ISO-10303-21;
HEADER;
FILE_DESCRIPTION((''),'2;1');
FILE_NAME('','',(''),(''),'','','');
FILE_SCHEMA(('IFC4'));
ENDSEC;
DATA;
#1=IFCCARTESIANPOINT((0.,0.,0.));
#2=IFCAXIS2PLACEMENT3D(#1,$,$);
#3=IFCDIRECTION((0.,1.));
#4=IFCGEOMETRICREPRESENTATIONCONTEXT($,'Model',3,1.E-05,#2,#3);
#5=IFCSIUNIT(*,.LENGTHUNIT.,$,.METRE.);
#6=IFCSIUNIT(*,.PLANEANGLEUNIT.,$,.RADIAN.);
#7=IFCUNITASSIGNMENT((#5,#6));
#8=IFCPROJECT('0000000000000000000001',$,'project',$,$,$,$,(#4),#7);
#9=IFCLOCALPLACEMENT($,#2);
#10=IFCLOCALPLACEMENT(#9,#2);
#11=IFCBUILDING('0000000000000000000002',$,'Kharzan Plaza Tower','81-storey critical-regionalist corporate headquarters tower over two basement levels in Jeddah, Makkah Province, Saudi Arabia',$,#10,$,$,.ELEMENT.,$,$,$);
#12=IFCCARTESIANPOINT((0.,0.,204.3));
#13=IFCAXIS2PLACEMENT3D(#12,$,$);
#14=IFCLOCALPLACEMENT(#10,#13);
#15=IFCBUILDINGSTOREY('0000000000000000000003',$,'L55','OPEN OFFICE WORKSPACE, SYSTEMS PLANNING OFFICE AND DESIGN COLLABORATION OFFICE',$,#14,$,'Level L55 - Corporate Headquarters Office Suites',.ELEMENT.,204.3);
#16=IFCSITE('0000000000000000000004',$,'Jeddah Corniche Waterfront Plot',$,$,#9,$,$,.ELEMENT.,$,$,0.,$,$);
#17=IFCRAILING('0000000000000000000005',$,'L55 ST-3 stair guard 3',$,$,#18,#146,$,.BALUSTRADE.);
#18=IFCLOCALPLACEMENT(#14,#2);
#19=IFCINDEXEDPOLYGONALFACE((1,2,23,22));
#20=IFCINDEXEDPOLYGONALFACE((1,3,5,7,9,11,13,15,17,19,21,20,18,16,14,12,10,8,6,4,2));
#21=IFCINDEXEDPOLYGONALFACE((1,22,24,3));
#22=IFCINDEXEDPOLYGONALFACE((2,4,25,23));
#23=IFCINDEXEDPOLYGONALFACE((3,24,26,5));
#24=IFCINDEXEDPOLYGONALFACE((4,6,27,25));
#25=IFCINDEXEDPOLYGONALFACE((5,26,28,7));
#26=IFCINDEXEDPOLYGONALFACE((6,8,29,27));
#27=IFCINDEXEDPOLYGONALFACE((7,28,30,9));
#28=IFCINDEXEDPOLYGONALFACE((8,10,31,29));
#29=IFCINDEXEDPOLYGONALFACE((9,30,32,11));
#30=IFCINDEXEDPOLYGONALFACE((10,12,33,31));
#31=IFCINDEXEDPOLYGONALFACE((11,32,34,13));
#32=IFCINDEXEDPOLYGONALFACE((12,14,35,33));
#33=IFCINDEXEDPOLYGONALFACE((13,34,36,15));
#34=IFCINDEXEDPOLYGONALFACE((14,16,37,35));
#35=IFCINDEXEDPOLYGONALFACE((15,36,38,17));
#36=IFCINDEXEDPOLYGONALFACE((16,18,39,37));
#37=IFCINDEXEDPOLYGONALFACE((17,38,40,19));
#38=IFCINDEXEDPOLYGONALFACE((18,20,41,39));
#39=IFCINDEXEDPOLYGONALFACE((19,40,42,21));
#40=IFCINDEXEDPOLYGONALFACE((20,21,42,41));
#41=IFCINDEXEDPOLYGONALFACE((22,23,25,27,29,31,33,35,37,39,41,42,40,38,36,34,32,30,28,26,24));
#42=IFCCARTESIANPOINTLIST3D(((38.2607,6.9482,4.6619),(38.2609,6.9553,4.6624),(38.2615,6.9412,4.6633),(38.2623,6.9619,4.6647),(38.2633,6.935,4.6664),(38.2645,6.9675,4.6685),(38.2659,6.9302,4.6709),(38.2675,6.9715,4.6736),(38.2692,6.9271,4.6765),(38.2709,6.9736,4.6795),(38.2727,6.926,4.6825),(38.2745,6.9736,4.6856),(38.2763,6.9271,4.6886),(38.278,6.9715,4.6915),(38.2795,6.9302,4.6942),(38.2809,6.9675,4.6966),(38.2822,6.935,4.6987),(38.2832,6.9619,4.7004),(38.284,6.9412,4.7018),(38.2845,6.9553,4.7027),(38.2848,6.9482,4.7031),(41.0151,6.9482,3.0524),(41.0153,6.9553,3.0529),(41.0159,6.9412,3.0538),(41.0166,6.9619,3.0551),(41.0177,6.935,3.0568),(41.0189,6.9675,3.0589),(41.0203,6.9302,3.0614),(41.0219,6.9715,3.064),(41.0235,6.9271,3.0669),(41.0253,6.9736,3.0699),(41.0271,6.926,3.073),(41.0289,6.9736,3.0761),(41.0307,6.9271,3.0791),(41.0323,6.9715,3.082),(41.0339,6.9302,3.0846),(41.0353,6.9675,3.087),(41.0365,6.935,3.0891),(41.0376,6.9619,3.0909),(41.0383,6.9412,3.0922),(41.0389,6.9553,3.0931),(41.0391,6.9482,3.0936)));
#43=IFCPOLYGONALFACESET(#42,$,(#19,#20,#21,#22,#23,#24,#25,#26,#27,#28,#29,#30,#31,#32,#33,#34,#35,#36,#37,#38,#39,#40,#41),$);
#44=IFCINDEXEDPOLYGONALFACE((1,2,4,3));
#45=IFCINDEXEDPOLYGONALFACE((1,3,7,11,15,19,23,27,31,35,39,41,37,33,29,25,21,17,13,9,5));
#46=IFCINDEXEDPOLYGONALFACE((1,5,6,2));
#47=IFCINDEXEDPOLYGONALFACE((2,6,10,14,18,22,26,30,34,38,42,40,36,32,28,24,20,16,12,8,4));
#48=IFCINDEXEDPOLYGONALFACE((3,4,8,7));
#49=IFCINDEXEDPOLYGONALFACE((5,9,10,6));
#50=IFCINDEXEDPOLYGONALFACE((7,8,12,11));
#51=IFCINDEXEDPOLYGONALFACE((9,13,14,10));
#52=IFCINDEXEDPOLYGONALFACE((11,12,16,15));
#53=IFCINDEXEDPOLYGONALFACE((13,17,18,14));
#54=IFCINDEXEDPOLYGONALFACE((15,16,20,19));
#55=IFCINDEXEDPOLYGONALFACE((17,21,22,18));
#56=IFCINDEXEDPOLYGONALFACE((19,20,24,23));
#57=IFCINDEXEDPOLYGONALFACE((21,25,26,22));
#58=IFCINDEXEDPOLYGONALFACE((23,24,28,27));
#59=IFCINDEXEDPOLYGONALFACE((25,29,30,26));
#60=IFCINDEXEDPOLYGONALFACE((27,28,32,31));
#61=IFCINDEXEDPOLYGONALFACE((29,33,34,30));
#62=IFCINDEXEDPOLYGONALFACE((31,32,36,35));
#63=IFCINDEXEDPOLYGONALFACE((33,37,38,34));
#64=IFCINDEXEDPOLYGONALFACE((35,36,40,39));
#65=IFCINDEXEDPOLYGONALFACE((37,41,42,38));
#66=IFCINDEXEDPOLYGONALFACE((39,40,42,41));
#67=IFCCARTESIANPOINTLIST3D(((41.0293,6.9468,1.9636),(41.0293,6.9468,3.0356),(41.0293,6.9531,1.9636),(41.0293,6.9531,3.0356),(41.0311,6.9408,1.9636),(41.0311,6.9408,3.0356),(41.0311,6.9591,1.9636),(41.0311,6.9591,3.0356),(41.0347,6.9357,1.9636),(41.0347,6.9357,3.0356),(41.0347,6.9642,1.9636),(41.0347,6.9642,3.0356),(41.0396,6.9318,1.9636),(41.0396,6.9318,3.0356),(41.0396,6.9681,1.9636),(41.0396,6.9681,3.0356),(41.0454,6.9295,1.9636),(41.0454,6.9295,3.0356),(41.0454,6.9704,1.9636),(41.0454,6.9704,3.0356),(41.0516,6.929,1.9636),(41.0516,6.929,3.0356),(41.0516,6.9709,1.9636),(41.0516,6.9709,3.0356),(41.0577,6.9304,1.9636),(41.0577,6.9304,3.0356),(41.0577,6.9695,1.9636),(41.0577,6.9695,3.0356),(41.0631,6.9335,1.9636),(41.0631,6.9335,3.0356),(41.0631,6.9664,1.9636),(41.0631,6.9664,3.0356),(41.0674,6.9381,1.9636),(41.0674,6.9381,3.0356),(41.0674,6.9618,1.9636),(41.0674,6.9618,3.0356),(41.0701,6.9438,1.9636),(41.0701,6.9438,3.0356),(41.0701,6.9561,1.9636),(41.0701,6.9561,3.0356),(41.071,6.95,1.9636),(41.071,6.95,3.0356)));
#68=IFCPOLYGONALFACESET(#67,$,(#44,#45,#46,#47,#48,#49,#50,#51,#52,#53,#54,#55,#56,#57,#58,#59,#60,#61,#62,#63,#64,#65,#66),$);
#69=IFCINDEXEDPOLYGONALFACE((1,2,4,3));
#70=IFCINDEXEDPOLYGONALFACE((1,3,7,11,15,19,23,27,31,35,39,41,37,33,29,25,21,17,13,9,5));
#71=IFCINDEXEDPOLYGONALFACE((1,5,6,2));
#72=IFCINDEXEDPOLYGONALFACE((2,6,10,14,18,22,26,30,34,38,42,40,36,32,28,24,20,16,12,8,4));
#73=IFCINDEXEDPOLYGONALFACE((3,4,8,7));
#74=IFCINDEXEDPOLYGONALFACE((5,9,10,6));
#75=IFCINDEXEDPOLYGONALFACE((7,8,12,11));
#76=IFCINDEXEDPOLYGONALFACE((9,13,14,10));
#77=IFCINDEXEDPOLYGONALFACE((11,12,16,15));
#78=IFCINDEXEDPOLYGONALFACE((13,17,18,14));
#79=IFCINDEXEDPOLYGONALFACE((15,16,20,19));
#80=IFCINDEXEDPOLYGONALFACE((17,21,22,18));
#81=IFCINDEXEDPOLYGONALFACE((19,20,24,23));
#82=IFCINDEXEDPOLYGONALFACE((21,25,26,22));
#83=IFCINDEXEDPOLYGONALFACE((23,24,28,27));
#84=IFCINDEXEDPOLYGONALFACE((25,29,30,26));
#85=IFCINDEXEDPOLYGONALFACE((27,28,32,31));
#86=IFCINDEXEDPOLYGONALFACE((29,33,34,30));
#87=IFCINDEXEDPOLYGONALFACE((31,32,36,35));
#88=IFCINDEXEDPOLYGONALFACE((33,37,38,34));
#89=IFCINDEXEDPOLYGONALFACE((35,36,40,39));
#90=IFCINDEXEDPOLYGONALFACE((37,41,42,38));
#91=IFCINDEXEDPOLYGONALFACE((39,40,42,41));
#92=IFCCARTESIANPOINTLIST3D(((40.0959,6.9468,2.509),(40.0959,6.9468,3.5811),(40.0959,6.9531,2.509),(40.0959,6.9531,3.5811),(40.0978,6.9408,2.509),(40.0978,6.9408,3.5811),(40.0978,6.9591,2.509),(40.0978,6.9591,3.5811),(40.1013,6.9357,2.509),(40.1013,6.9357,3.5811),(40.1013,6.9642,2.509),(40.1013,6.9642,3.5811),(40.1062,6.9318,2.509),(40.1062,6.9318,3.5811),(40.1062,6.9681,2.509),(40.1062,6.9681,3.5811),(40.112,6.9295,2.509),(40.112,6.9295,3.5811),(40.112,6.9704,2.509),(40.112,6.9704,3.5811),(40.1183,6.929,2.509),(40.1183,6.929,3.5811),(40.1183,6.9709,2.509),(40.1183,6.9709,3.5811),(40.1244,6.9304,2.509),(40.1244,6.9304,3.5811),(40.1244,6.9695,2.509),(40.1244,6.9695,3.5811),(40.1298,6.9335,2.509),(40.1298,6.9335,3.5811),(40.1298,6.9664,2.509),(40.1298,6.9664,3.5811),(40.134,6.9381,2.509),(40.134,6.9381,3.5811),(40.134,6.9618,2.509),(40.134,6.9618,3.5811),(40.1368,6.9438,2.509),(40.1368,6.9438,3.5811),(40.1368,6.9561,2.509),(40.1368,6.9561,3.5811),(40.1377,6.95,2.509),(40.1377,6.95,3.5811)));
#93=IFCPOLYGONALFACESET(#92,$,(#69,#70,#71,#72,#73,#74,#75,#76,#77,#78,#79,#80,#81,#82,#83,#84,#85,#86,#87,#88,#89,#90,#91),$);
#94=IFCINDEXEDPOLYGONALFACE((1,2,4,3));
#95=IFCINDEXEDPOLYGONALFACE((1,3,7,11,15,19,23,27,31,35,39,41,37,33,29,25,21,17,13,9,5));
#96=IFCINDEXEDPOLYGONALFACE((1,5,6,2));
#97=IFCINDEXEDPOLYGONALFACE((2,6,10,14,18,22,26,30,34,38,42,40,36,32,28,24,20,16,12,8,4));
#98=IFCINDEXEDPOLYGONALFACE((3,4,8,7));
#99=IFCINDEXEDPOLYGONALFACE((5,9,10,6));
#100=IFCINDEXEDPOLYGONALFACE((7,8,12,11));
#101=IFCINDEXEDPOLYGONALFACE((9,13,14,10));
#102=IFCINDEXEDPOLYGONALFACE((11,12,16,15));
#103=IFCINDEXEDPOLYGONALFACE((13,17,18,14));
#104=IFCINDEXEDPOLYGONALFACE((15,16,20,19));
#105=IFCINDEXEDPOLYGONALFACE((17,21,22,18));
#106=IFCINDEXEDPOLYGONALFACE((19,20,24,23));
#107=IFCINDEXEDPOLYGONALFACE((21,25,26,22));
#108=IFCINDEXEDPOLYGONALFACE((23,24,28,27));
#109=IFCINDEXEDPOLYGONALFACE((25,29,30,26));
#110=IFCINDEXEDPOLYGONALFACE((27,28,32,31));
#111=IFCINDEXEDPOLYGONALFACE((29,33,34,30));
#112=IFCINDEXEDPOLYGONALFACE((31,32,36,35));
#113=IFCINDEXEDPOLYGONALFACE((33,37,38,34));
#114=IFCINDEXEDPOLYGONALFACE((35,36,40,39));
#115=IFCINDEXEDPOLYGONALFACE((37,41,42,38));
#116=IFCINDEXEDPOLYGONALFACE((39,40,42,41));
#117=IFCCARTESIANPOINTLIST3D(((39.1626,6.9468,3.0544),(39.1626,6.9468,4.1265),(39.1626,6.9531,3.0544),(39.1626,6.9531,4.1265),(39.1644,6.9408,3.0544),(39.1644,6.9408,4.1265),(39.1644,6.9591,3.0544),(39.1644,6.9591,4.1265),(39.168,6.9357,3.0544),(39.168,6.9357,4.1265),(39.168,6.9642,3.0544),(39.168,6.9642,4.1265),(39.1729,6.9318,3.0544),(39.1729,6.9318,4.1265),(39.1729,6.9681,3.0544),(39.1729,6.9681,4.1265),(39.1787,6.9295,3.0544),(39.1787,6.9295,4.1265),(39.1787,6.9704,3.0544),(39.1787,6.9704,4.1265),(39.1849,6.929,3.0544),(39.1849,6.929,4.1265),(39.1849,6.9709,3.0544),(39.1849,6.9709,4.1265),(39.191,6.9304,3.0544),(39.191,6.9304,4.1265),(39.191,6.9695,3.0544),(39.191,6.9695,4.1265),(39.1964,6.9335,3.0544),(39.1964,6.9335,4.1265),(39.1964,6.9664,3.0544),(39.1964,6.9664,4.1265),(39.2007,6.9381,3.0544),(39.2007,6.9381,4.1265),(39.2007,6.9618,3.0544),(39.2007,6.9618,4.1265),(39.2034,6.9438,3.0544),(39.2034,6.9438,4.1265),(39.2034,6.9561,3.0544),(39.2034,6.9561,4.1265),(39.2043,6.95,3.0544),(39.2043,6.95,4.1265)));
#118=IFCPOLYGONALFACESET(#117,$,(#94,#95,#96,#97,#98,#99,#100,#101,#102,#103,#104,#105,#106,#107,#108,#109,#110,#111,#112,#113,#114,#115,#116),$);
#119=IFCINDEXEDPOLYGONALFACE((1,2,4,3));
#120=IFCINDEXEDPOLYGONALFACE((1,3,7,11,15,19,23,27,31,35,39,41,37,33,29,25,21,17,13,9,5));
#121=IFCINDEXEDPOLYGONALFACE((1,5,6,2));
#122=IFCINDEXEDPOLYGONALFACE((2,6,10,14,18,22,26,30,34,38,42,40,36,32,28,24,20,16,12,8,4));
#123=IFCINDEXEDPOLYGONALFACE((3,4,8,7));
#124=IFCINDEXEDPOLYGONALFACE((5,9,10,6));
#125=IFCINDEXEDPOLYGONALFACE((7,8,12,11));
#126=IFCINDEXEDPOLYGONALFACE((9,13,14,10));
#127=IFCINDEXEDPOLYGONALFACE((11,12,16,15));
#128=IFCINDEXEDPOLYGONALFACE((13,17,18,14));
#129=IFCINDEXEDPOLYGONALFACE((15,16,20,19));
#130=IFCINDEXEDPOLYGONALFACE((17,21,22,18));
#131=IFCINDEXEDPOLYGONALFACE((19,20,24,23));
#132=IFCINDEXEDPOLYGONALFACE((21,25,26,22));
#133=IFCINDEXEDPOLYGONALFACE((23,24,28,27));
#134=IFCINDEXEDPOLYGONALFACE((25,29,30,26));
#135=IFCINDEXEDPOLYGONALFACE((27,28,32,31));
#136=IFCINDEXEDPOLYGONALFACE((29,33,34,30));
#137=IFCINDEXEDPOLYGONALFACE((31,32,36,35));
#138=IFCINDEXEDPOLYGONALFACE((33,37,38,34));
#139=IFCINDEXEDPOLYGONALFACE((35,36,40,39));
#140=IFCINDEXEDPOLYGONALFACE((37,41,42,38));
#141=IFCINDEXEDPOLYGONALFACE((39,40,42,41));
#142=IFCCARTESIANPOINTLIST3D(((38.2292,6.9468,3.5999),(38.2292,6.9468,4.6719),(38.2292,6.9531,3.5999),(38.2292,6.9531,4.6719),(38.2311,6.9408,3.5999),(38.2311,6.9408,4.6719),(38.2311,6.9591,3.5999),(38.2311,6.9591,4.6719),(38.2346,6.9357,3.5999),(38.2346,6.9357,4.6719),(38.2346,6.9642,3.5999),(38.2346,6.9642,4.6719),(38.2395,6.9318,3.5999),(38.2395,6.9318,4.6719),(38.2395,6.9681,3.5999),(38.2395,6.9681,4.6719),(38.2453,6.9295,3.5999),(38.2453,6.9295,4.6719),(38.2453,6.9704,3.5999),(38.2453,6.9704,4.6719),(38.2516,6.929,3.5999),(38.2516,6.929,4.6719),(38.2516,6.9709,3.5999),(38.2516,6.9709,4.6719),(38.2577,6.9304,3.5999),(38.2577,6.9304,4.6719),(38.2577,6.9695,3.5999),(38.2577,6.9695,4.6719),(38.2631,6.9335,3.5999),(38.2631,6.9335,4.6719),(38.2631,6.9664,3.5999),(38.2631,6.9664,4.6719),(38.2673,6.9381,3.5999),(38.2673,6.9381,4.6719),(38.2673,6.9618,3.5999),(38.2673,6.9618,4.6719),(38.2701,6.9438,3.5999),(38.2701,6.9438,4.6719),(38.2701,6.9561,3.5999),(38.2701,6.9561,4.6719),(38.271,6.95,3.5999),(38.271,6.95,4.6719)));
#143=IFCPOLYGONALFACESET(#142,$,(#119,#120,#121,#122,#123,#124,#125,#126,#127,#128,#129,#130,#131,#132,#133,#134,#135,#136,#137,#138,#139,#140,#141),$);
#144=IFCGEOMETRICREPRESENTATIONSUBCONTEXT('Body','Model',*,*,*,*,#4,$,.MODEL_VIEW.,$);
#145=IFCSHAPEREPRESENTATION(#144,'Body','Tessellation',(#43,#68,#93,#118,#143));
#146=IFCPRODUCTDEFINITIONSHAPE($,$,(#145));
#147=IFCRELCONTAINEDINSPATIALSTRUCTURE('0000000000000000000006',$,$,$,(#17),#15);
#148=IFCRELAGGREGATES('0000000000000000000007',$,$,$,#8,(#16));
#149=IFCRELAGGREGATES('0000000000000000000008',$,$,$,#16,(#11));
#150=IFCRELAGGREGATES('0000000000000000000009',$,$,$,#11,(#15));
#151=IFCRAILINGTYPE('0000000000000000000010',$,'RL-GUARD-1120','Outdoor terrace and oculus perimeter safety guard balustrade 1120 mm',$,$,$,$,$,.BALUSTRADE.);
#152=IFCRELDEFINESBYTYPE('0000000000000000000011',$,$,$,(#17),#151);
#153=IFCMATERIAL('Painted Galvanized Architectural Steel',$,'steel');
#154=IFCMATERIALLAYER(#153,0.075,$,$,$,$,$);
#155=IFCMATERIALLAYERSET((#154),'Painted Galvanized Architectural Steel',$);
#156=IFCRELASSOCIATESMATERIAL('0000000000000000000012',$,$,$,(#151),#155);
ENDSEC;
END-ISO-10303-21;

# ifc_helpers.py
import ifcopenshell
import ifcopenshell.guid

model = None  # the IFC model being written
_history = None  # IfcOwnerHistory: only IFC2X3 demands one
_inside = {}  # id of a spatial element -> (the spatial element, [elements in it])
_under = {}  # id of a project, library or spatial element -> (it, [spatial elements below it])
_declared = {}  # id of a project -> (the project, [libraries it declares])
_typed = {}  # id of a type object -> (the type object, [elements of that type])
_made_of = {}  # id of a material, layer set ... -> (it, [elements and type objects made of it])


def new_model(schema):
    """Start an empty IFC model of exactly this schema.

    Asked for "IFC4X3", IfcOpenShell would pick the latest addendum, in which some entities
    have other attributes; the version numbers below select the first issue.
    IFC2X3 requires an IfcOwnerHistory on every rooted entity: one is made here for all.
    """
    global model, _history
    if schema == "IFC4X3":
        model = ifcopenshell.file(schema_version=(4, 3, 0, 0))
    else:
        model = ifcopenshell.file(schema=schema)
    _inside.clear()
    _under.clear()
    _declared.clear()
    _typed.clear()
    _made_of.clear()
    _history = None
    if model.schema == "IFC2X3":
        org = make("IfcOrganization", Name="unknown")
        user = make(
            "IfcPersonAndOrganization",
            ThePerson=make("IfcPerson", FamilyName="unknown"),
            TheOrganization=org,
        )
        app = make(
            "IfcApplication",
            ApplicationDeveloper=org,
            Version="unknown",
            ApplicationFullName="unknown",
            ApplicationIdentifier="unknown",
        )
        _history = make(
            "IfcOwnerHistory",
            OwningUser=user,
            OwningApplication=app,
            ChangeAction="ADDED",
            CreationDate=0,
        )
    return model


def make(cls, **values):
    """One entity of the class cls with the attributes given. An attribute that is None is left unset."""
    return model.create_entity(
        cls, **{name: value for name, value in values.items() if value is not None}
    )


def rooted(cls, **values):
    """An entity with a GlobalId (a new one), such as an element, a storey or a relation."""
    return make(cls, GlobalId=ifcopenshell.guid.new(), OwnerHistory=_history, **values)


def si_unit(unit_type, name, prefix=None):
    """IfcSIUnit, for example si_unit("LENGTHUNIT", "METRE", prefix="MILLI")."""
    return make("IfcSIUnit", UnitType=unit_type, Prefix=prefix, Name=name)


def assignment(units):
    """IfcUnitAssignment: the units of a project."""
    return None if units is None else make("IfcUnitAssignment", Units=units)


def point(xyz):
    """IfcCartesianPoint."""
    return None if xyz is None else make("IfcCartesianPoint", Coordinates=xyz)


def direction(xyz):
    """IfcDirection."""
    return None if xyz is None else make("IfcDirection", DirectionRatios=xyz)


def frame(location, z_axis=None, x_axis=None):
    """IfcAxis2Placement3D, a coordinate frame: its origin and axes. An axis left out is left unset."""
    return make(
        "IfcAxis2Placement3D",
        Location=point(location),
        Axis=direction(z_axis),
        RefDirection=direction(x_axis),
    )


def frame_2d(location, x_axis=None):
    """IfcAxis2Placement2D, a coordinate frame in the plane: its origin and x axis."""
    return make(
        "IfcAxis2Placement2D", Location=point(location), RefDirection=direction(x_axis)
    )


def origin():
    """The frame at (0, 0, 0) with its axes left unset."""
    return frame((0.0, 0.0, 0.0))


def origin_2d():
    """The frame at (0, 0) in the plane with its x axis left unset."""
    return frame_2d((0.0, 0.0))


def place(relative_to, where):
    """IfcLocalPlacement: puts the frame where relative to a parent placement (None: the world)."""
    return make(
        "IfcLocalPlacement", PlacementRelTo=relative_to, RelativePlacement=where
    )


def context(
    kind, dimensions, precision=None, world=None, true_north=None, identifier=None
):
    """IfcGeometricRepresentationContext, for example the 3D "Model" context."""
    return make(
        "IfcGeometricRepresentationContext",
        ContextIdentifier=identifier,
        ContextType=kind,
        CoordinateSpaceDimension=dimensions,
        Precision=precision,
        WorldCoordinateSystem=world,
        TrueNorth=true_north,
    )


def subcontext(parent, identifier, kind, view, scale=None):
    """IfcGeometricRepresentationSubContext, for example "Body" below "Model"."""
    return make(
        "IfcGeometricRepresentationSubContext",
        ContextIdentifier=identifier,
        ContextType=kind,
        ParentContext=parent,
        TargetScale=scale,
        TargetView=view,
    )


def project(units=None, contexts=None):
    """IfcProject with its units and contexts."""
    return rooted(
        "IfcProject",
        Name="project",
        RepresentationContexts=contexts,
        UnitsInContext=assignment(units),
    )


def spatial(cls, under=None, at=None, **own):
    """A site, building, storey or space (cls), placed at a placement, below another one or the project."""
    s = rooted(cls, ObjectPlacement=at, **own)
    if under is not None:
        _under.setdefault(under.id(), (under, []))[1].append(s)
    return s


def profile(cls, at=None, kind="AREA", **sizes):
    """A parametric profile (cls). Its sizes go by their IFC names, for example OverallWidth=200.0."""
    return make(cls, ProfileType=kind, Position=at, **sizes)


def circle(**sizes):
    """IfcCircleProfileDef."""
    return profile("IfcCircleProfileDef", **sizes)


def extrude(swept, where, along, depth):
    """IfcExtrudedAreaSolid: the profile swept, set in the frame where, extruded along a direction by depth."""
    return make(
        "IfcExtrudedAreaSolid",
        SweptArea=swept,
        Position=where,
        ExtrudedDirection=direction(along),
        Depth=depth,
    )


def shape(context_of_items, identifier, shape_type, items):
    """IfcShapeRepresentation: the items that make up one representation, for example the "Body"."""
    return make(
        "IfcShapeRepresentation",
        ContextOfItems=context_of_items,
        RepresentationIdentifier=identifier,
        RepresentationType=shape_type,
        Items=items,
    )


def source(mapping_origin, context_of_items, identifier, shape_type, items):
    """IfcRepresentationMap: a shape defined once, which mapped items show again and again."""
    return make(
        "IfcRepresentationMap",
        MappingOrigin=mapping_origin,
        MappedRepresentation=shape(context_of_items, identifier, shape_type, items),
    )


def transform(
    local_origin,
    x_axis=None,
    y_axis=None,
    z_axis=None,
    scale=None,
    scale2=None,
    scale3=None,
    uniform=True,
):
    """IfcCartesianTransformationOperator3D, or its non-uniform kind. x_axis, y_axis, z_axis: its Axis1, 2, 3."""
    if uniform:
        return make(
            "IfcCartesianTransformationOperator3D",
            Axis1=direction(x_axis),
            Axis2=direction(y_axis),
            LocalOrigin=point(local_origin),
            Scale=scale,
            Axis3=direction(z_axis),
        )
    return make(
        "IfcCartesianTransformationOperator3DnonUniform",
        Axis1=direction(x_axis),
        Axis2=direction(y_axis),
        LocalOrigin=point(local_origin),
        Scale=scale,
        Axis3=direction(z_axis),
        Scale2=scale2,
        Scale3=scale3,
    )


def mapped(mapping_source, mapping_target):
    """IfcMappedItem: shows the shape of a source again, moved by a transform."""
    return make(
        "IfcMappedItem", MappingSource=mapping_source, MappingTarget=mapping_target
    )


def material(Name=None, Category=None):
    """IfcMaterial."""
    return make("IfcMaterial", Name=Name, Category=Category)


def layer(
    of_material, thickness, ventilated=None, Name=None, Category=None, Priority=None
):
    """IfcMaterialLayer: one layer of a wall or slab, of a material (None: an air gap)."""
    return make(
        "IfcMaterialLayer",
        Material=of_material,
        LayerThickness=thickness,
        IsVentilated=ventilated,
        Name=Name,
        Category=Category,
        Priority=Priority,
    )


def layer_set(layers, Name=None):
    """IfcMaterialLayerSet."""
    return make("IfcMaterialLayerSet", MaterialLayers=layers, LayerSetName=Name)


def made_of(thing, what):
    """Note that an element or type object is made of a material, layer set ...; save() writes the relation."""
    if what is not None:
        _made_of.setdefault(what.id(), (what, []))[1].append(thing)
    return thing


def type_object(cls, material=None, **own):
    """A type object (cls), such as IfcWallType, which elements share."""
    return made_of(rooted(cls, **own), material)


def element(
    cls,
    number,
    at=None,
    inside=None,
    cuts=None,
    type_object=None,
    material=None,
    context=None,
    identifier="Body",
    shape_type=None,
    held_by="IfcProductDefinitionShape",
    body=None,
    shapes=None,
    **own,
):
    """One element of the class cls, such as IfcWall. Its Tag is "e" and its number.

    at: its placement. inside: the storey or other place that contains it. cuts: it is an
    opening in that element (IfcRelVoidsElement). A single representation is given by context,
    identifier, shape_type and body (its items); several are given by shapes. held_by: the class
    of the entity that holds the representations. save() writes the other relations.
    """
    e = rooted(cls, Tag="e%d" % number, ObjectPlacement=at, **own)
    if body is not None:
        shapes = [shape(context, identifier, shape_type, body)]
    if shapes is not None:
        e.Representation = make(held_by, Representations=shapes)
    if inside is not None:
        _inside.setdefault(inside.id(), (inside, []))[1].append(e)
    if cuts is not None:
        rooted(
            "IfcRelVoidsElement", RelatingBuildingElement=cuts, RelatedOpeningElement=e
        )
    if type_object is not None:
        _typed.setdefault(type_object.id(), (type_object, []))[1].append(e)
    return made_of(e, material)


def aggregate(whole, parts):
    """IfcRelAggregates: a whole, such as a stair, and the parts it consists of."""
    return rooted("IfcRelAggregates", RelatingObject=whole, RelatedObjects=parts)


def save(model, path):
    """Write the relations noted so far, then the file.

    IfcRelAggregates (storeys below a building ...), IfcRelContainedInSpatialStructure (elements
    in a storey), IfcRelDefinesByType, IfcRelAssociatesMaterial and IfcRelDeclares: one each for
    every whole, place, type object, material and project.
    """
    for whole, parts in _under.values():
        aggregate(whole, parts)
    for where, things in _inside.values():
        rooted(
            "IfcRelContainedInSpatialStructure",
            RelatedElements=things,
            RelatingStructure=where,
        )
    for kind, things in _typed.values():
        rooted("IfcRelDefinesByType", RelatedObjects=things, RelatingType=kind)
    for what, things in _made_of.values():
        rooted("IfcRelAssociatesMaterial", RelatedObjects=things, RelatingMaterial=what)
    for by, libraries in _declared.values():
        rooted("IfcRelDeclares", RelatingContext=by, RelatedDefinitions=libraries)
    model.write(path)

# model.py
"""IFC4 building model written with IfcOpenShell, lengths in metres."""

from ifc_helpers import new_model, si_unit, direction, frame, origin, origin_2d, place, context, subcontext, project, spatial, circle, extrude, source, transform, mapped, material, layer, layer_set, type_object, element, save


model = new_model("IFC4")

# Units and contexts
model_context = context("Model", 3, precision=1e-05, world=origin(), true_north=direction((0.0, 1.0)))
body_context = subcontext(model_context, "Body", "Model", "MODEL_VIEW")
ifc_project = project(units=[si_unit("LENGTHUNIT", "METRE"), si_unit("PLANEANGLEUNIT", "RADIAN")], contexts=[model_context])

# Site, building, storey
site_placement = place(None, origin())
site = spatial("IfcSite", under=ifc_project, at=site_placement, Name="Jeddah Corniche Waterfront Plot", CompositionType="ELEMENT", RefElevation=0.0)
building_placement = place(site_placement, origin())
building = spatial("IfcBuilding", under=site, at=building_placement, Name="Kharzan Plaza Tower", Description="81-storey critical-regionalist corporate headquarters tower over two basement levels in Jeddah, Makkah Province, Saudi Arabia", CompositionType="ELEMENT")
storey_placement = place(building_placement, frame((0.0, 0.0, 204.3)))
storey = spatial("IfcBuildingStorey", under=building, at=storey_placement, Name="L55", Description="OPEN OFFICE WORKSPACE, SYSTEMS PLANNING OFFICE AND DESIGN COLLABORATION OFFICE", LongName="Level L55 - Corporate Headquarters Office Suites", CompositionType="ELEMENT", Elevation=204.3)

# Railing
ifc_material_1 = material(Name="Painted Galvanized Architectural Steel", Category="steel")
ifc_layer_1 = layer(ifc_material_1, 0.075)
ifc_layer_set_1 = layer_set([ifc_layer_1], Name="Painted Galvanized Architectural Steel")
railing_type_1 = type_object("IfcRailingType", Name="RL-GUARD-1120", Description="Outdoor terrace and oculus perimeter safety guard balustrade 1120 mm", PredefinedType="BALUSTRADE", material=ifc_layer_set_1)
shared_shape_1 = source(origin(), body_context, "Body", "SweptSolid", [
    extrude(circle(Radius=0.0239, at=origin_2d()), frame((-0.0229, 0.0, 1.1094), z_axis=(-0.863394, 0.0, 0.504531), x_axis=(0.0, -1.0, 0.0)), (0.0, 0.0, 1.0), 3.1902),
    extrude(circle(Radius=0.021, at=origin_2d()), origin(), (0.0, 0.0, 1.0), 1.072),
    extrude(circle(Radius=0.021, at=origin_2d()), frame((-0.9333, 0.0, 0.5454)), (0.0, 0.0, 1.0), 1.072),
    extrude(circle(Radius=0.021, at=origin_2d()), frame((-1.8667, 0.0, 1.0908)), (0.0, 0.0, 1.0), 1.072),
    extrude(circle(Radius=0.021, at=origin_2d()), frame((-2.8, 0.0, 1.6362)), (0.0, 0.0, 1.0), 1.072),
])
railing_1_placement = place(storey_placement, frame((41.05, 6.95, 1.9636)))
element("IfcRailing", 1, at=railing_1_placement, inside=storey, type_object=railing_type_1, Name="L55 ST-3 stair guard 3", PredefinedType="BALUSTRADE", context=body_context, shape_type="MappedRepresentation", body=[
    mapped(shared_shape_1, transform((0.0, 0.0, 0.0), x_axis=(1.0, 0.0, 0.0), y_axis=(0.0, 1.0, 0.0), z_axis=(0.0, 0.0, 1.0))),
])

save(model, "model.ifc")
